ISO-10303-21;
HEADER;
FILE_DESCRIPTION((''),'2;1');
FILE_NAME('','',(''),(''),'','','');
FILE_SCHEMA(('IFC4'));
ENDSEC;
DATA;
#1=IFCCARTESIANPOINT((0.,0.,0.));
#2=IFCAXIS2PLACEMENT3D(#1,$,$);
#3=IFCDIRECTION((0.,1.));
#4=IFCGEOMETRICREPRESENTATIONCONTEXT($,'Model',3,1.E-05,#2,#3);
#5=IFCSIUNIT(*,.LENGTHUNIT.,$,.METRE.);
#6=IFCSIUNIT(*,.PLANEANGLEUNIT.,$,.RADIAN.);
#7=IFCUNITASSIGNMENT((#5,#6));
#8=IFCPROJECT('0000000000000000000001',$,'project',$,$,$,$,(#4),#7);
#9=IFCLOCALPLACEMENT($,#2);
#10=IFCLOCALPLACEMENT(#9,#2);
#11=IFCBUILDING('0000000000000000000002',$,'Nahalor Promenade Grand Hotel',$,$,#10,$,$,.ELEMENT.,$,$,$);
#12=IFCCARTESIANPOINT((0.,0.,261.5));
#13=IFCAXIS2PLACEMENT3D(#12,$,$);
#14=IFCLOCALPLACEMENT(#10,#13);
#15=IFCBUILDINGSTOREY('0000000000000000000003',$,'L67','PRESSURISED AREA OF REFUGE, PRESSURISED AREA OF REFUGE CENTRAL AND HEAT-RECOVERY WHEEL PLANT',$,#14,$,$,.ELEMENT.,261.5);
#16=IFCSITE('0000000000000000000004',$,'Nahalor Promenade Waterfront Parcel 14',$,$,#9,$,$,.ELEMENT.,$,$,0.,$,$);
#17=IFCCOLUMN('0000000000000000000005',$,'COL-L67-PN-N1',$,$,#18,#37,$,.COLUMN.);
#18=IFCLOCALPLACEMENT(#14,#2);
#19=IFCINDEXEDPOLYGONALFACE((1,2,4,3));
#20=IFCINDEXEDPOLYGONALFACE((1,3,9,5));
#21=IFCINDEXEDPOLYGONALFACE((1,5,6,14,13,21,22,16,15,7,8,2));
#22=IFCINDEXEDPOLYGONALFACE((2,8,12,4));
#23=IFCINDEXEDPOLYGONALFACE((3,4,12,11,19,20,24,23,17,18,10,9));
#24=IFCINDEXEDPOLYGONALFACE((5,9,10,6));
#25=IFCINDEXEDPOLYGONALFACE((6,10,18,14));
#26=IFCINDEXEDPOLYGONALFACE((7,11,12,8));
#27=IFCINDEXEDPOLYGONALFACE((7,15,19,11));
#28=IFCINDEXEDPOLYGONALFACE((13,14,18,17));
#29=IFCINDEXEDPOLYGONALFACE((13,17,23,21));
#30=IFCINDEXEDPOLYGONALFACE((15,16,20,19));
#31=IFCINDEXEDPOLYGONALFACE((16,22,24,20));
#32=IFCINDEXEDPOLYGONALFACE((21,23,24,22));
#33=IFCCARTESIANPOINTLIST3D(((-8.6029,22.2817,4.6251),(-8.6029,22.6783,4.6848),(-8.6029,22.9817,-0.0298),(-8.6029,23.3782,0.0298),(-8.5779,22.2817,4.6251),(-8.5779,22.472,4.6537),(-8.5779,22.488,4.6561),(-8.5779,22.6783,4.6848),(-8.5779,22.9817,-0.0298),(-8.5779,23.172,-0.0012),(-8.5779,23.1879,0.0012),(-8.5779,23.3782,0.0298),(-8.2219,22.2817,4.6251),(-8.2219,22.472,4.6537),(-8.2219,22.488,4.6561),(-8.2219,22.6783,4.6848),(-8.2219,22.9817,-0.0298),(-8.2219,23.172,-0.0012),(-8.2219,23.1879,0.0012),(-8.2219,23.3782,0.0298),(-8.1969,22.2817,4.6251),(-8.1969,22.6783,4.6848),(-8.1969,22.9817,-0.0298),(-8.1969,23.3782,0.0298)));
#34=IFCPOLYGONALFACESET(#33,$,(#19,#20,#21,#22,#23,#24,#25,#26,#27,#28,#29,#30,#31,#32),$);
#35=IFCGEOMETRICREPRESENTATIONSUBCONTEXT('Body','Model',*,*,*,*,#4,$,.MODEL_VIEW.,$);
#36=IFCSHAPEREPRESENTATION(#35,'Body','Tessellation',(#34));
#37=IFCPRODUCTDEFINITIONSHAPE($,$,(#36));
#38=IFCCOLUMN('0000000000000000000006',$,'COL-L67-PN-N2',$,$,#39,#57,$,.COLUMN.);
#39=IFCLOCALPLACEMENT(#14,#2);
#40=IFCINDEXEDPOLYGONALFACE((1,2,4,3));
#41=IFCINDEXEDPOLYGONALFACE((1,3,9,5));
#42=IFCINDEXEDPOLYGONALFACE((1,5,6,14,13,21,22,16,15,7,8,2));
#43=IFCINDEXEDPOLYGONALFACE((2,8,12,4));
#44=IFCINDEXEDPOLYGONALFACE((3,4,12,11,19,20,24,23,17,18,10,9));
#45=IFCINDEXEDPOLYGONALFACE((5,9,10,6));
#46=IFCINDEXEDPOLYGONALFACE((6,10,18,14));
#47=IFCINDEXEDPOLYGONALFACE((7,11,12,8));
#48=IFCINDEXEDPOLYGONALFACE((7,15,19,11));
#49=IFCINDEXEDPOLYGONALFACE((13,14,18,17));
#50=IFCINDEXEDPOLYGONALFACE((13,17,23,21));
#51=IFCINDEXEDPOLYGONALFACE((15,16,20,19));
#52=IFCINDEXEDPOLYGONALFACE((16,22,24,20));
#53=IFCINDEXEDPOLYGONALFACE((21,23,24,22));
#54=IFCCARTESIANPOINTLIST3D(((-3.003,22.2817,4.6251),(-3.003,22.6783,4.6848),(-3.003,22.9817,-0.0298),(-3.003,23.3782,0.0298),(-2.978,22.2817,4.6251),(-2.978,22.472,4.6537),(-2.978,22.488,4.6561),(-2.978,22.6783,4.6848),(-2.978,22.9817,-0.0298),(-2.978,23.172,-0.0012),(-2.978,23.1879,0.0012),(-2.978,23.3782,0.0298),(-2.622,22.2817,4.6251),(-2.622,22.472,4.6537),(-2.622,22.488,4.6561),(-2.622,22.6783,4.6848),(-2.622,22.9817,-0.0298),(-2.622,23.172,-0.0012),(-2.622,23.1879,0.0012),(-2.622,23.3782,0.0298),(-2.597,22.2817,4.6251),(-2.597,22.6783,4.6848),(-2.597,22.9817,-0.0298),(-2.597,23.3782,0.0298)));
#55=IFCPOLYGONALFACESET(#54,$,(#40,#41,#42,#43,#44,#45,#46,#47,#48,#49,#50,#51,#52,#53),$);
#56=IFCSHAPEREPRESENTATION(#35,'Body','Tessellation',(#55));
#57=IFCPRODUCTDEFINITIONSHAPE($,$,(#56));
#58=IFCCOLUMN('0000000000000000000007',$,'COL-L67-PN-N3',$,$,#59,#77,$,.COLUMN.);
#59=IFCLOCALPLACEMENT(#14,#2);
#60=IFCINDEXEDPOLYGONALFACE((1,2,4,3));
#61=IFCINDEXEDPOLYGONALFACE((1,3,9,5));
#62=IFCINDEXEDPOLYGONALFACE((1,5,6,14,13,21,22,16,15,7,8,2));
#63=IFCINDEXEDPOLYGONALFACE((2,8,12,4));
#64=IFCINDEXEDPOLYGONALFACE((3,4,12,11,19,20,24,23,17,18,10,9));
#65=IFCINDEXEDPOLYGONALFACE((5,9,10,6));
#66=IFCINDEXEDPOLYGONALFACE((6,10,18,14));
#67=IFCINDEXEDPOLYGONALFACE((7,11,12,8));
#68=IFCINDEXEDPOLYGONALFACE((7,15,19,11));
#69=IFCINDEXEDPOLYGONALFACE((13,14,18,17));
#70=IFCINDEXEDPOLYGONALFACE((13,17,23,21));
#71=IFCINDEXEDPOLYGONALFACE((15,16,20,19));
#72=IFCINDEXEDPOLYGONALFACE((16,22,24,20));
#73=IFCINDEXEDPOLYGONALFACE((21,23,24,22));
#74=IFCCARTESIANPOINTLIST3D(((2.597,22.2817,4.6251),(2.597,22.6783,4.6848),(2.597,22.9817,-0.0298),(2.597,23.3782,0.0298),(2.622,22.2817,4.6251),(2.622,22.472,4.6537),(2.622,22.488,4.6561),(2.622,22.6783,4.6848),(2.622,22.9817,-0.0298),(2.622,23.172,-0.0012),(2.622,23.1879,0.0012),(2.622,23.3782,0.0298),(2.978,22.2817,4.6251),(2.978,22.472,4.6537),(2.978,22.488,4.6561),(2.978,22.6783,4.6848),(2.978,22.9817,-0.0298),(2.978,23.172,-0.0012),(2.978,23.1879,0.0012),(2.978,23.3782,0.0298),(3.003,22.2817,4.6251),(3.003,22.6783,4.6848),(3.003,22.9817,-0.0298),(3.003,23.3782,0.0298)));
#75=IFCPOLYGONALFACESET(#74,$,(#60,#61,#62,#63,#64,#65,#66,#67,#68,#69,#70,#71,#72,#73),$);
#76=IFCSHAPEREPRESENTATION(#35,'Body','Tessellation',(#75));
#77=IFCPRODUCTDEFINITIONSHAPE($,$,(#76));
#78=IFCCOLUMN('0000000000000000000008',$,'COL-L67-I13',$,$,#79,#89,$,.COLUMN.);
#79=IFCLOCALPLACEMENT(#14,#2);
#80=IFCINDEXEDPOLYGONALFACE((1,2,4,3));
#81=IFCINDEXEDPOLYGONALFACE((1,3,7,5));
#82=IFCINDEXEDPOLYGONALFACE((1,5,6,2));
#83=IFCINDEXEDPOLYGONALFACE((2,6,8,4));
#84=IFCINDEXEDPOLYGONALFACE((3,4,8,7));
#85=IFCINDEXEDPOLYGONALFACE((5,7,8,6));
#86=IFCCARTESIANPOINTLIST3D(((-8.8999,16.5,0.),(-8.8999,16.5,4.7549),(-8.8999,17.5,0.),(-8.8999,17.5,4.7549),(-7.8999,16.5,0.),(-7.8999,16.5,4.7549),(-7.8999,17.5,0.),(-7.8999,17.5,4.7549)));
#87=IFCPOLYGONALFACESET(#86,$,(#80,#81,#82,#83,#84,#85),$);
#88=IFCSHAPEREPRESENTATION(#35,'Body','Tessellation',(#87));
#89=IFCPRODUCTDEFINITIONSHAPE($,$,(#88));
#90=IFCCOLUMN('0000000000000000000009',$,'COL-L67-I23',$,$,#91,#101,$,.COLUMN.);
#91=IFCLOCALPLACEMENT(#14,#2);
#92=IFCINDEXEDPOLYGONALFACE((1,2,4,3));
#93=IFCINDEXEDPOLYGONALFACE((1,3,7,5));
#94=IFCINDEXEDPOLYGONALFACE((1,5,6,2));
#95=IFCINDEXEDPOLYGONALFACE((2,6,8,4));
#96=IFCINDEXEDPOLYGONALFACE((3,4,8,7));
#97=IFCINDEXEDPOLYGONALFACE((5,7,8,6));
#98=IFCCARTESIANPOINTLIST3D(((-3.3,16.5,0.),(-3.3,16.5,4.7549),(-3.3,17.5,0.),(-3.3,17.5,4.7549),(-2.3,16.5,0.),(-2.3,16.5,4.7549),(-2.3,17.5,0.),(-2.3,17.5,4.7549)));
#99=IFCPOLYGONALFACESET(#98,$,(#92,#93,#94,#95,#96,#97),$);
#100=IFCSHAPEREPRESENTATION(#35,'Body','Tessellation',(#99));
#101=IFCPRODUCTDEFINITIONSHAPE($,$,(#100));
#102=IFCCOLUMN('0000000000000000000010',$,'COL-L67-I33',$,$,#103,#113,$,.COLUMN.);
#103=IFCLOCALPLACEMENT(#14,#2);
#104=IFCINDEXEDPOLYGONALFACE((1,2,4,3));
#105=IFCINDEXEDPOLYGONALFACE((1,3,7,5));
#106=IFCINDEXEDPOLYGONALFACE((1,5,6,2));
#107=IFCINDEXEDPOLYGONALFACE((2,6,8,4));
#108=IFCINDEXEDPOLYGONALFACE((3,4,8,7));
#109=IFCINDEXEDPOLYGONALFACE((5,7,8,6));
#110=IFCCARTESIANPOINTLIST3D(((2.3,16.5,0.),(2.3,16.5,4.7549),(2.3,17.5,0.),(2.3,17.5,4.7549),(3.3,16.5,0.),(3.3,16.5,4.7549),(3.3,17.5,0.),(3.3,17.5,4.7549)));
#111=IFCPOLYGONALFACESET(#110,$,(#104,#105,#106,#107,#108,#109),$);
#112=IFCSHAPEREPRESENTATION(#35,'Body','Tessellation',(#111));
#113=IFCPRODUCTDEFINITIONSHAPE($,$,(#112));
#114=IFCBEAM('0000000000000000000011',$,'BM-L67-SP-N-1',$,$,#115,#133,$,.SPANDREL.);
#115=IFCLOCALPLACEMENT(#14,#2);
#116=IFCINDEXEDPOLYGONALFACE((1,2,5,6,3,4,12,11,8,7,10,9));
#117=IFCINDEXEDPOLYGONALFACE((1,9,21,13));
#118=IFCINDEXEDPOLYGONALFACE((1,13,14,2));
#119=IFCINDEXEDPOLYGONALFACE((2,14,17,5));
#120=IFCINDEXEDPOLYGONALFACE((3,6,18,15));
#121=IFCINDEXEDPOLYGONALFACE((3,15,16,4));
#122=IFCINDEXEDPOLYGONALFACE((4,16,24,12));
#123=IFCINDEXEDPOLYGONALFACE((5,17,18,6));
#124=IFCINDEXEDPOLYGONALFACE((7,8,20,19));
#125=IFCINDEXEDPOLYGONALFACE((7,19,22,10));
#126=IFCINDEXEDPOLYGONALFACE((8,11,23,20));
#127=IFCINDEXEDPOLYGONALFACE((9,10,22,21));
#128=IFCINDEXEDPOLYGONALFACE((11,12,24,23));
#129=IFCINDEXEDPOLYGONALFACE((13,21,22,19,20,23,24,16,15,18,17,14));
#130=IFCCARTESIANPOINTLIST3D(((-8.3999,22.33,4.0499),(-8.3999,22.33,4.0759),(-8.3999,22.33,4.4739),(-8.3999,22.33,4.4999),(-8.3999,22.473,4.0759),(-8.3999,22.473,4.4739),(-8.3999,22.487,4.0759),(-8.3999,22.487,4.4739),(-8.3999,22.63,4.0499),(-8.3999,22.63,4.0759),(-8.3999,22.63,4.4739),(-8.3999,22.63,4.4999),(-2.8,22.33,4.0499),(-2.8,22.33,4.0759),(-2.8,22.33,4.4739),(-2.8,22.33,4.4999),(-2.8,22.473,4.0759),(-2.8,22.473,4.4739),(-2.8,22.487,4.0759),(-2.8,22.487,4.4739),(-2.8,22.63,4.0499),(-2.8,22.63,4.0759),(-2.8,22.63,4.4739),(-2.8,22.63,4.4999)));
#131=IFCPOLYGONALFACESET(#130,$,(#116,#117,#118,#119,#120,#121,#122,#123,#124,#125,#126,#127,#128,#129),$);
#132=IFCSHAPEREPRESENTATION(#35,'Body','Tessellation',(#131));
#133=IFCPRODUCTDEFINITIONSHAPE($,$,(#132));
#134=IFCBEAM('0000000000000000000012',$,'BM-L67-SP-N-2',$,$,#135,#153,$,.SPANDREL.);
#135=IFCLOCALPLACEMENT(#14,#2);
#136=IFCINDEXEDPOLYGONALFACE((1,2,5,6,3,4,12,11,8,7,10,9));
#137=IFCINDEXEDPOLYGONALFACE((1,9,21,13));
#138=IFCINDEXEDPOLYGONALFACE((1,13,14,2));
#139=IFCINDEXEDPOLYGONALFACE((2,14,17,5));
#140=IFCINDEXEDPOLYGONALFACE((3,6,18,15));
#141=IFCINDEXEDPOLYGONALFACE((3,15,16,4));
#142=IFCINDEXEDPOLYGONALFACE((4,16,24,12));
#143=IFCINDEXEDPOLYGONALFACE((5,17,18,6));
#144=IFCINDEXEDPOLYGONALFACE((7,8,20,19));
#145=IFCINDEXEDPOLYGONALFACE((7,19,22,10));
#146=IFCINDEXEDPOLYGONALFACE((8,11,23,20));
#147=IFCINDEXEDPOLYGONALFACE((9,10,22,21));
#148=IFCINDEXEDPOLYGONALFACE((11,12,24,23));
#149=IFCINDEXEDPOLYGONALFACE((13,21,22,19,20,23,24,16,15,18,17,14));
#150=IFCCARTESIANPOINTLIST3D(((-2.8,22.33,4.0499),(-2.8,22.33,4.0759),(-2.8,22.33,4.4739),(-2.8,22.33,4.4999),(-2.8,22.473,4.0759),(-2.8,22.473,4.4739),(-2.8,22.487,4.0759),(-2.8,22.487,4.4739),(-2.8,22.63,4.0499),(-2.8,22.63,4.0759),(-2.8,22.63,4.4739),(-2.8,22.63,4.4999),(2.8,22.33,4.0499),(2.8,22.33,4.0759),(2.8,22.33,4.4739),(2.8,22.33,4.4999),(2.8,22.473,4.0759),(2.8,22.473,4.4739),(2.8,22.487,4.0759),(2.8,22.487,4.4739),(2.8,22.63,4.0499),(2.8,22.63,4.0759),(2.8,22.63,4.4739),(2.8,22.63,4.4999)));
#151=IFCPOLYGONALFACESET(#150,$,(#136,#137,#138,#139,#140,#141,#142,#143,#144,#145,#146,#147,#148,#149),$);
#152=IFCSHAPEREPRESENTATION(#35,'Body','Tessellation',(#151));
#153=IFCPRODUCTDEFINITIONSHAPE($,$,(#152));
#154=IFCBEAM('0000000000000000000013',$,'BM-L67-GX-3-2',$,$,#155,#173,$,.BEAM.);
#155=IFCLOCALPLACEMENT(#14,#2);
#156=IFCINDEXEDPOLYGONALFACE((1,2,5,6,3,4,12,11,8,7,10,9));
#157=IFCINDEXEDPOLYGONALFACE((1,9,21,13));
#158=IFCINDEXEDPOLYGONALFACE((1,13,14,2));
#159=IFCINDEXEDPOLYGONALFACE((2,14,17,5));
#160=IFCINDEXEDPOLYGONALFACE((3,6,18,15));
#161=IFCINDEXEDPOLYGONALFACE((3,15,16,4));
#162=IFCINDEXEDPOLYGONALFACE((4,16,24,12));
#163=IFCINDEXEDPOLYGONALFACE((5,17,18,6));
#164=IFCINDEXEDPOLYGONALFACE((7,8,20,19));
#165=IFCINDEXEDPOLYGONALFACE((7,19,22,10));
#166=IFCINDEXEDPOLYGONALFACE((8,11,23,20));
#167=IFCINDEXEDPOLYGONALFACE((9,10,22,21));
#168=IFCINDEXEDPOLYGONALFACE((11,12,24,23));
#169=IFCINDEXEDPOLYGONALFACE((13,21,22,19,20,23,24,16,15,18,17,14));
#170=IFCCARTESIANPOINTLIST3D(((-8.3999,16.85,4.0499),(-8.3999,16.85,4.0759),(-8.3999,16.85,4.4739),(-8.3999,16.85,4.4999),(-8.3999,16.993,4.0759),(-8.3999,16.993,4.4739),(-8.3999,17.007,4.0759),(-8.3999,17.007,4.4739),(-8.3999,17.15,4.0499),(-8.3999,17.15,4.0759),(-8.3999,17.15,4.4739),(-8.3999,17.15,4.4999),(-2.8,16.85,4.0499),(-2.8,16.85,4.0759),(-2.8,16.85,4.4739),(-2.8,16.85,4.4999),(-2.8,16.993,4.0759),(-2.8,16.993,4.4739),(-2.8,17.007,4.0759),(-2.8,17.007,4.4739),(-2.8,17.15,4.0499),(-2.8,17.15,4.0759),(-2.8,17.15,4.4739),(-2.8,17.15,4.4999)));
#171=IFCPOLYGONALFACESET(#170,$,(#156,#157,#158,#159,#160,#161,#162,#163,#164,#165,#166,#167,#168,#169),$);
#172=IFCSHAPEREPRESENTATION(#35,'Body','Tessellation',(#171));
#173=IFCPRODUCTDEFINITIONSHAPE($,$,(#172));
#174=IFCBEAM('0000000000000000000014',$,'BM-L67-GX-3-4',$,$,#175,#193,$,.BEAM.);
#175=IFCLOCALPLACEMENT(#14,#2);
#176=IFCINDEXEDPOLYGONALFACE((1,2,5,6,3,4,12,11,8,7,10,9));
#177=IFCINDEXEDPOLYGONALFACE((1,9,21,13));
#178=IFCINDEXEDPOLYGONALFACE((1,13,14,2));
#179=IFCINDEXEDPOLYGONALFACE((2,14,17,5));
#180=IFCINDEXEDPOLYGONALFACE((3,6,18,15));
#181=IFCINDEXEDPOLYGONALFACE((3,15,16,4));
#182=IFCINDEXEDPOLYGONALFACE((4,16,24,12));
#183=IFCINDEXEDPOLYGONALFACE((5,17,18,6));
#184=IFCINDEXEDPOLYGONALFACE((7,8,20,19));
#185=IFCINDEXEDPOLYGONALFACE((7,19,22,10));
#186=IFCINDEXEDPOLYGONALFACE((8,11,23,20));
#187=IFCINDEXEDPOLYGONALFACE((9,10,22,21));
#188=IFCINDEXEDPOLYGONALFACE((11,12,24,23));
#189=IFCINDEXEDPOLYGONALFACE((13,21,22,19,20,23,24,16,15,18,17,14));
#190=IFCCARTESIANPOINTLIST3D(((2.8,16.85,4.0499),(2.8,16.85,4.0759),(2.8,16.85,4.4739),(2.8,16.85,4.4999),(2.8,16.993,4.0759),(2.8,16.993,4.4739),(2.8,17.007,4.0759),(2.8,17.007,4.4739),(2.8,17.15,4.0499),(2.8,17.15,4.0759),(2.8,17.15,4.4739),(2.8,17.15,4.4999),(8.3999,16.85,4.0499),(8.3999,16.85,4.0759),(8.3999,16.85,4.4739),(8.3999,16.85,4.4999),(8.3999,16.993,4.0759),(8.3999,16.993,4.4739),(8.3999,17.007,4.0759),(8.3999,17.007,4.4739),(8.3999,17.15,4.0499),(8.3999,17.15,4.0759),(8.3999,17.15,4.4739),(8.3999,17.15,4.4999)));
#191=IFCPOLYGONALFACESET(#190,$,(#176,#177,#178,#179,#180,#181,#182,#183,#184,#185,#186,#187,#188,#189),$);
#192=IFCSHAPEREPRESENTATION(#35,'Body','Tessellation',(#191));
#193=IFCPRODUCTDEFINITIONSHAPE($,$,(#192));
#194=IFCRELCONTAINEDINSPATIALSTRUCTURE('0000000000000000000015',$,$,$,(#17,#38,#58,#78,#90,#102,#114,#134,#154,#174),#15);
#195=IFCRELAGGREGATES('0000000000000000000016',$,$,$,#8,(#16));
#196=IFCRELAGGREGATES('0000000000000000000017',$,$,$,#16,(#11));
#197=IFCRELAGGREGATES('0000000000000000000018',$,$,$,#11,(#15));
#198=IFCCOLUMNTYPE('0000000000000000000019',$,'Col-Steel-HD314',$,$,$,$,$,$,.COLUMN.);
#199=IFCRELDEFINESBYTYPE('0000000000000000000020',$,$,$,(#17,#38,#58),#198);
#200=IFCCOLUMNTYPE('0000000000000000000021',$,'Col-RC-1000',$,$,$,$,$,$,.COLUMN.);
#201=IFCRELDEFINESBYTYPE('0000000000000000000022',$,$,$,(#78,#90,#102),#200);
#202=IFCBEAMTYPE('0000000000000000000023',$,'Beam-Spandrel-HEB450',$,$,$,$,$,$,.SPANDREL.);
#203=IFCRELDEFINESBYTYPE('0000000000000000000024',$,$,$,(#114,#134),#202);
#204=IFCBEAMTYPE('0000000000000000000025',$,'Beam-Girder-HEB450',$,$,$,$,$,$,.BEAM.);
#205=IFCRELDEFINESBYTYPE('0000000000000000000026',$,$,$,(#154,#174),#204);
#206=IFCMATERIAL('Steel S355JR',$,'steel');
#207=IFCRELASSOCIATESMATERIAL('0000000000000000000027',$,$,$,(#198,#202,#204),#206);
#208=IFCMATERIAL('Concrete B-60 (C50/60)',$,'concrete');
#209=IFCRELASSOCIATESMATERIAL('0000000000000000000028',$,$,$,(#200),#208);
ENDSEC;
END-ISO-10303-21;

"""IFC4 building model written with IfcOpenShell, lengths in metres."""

from ifc_helpers import new_model, si_unit, direction, frame, origin, origin_2d, place, context, subcontext, project, spatial, rectangle, i_section, extrude, source, transform, mapped, material, material_profile, profile_set, type_object, element, save


model = new_model("IFC4")

# Units and contexts
model_context = context("Model", 3, precision=1e-05, world=origin(), true_north=direction((0.0, 1.0)))
body_context = subcontext(model_context, "Body", "Model", "MODEL_VIEW")
ifc_project = project(units=[si_unit("LENGTHUNIT", "METRE"), si_unit("PLANEANGLEUNIT", "RADIAN")], contexts=[model_context])

# Site, building, storey
site_placement = place(None, origin())
site = spatial("IfcSite", under=ifc_project, at=site_placement, Name="Nahalor Promenade Waterfront Parcel 14", CompositionType="ELEMENT", RefElevation=0.0)
building_placement = place(site_placement, origin())
building = spatial("IfcBuilding", under=site, at=building_placement, Name="Nahalor Promenade Grand Hotel", CompositionType="ELEMENT")
storey_placement = place(building_placement, frame((0.0, 0.0, 261.5)))
storey = spatial("IfcBuildingStorey", under=building, at=storey_placement, Name="L67", Description="PRESSURISED AREA OF REFUGE, PRESSURISED AREA OF REFUGE CENTRAL AND HEAT-RECOVERY WHEEL PLANT", CompositionType="ELEMENT", Elevation=261.5)

# Columns
ifc_material_1 = material(Name="Steel S355JR", Category="steel")
ifc_material_profile_1 = material_profile(ifc_material_1, i_section(OverallWidth=0.401, OverallDepth=0.406, WebThickness=0.0161, FlangeThickness=0.025, at=origin_2d()), Name="HD 400x314")
ifc_profile_set_1 = profile_set([ifc_material_profile_1], Name="Steel S355JR")
column_type_1 = type_object("IfcColumnType", Name="Col-Steel-HD314", PredefinedType="COLUMN", material=ifc_profile_set_1)
shared_shape_1 = source(origin(), body_context, "Body", "SweptSolid", [
    extrude(i_section(OverallWidth=0.401, OverallDepth=0.406, WebThickness=0.0161, FlangeThickness=0.025, at=origin_2d()), origin(), (0.0, 0.0, 1.0), 4.7073),
])
for number, where, z_axis, x_axis, name in (
    (1, (-8.3999, 23.1799, 0.0), (0.0, -0.148693, 0.988883), (0.0, 0.988883, 0.148693), "COL-L67-PN-N1"),
    (2, (-2.8, 23.1799, 0.0), (0.0, -0.148693, 0.988883), (0.0, 0.988883, 0.148693), "COL-L67-PN-N2"),
    (3, (2.8, 23.1799, 0.0), (0.0, -0.148693, 0.988883), (0.0, 0.988883, 0.148693), "COL-L67-PN-N3"),
):
    element("IfcColumn", number, at=place(storey_placement, frame(where, z_axis=z_axis, x_axis=x_axis)), inside=storey, type_object=column_type_1, Name=name, PredefinedType="COLUMN", context=body_context, shape_type="MappedRepresentation", body=[
        mapped(shared_shape_1, transform((0.0, 0.0, 0.0), scale=1.0)),
    ])
ifc_material_2 = material(Name="Concrete B-60 (C50/60)", Category="concrete")
ifc_material_profile_2 = material_profile(ifc_material_2, rectangle(XDim=1.0, YDim=1.0, at=origin_2d()), Name="RC 1000x1000")
ifc_profile_set_2 = profile_set([ifc_material_profile_2], Name="Concrete B-60 (C50/60)")
column_type_2 = type_object("IfcColumnType", Name="Col-RC-1000", PredefinedType="COLUMN", material=ifc_profile_set_2)
shared_shape_2 = source(origin(), body_context, "Body", "SweptSolid", [
    extrude(rectangle(XDim=1.0, YDim=1.0, at=origin_2d()), origin(), (0.0, 0.0, 1.0), 4.7549),
])
for number, where, z_axis, x_axis, name in (
    (4, (-8.3999, 17.0, 0.0), (0.0, 0.0, 1.0), (1.0, 0.0, 0.0), "COL-L67-I13"),
    (5, (-2.8, 17.0, 0.0), (0.0, 0.0, 1.0), (1.0, 0.0, 0.0), "COL-L67-I23"),
    (6, (2.8, 17.0, 0.0), (0.0, 0.0, 1.0), (1.0, 0.0, 0.0), "COL-L67-I33"),
):
    element("IfcColumn", number, at=place(storey_placement, frame(where, z_axis=z_axis, x_axis=x_axis)), inside=storey, type_object=column_type_2, Name=name, PredefinedType="COLUMN", context=body_context, shape_type="MappedRepresentation", body=[
        mapped(shared_shape_2, transform((0.0, 0.0, 0.0), scale=1.0)),
    ])

# Beams
ifc_material_profile_3 = material_profile(ifc_material_1, i_section(OverallWidth=0.3, OverallDepth=0.45, WebThickness=0.014, FlangeThickness=0.026, at=origin_2d()), Name="HEB 450")
ifc_profile_set_3 = profile_set([ifc_material_profile_3], Name="Steel S355JR")
beam_type_1 = type_object("IfcBeamType", Name="Beam-Spandrel-HEB450", PredefinedType="SPANDREL", material=ifc_profile_set_3)
shared_shape_3 = source(origin(), body_context, "Body", "SweptSolid", [
    extrude(i_section(OverallWidth=0.3, OverallDepth=0.45, WebThickness=0.014, FlangeThickness=0.026, at=origin_2d()), origin(), (0.0, 0.0, 1.0), 5.5999),
])
beam_1_placement = place(storey_placement, frame((-8.3999, 22.48, 4.2749), z_axis=(1.0, 0.0, 0.0), x_axis=(0.0, 1.0, 0.0)))
element("IfcBeam", 7, at=beam_1_placement, inside=storey, type_object=beam_type_1, Name="BM-L67-SP-N-1", PredefinedType="SPANDREL", context=body_context, shape_type="MappedRepresentation", body=[
    mapped(shared_shape_3, transform((0.0, 0.0, 0.0), scale=1.0)),
])
shared_shape_4 = source(origin(), body_context, "Body", "SweptSolid", [
    extrude(i_section(OverallWidth=0.3, OverallDepth=0.45, WebThickness=0.014, FlangeThickness=0.026, at=origin_2d()), origin(), (0.0, 0.0, 1.0), 5.6001),
])
beam_2_placement = place(storey_placement, frame((-2.8, 22.48, 4.2749), z_axis=(1.0, 0.0, 0.0), x_axis=(0.0, 1.0, 0.0)))
element("IfcBeam", 8, at=beam_2_placement, inside=storey, type_object=beam_type_1, Name="BM-L67-SP-N-2", PredefinedType="SPANDREL", context=body_context, shape_type="MappedRepresentation", body=[
    mapped(shared_shape_4, transform((0.0, 0.0, 0.0), scale=1.0)),
])
ifc_material_profile_4 = material_profile(ifc_material_1, i_section(OverallWidth=0.3, OverallDepth=0.45, WebThickness=0.014, FlangeThickness=0.026, at=origin_2d()), Name="HEB 450")
ifc_profile_set_4 = profile_set([ifc_material_profile_4], Name="Steel S355JR")
beam_type_2 = type_object("IfcBeamType", Name="Beam-Girder-HEB450", PredefinedType="BEAM", material=ifc_profile_set_4)
shared_shape_5 = source(origin(), body_context, "Body", "SweptSolid", [
    extrude(i_section(OverallWidth=0.3, OverallDepth=0.45, WebThickness=0.014, FlangeThickness=0.026, at=origin_2d()), origin(), (0.0, 0.0, 1.0), 5.5999),
])
for number, where, z_axis, x_axis, name in (
    (9, (-8.3999, 17.0, 4.2749), (1.0, 0.0, 0.0), (0.0, 1.0, 0.0), "BM-L67-GX-3-2"),
    (10, (2.8, 17.0, 4.2749), (1.0, 0.0, 0.0), (0.0, 1.0, 0.0), "BM-L67-GX-3-4"),
):
    element("IfcBeam", number, at=place(storey_placement, frame(where, z_axis=z_axis, x_axis=x_axis)), inside=storey, type_object=beam_type_2, Name=name, PredefinedType="BEAM", context=body_context, shape_type="MappedRepresentation", body=[
        mapped(shared_shape_5, transform((0.0, 0.0, 0.0), scale=1.0)),
    ])

save(model, "model.ifc")
